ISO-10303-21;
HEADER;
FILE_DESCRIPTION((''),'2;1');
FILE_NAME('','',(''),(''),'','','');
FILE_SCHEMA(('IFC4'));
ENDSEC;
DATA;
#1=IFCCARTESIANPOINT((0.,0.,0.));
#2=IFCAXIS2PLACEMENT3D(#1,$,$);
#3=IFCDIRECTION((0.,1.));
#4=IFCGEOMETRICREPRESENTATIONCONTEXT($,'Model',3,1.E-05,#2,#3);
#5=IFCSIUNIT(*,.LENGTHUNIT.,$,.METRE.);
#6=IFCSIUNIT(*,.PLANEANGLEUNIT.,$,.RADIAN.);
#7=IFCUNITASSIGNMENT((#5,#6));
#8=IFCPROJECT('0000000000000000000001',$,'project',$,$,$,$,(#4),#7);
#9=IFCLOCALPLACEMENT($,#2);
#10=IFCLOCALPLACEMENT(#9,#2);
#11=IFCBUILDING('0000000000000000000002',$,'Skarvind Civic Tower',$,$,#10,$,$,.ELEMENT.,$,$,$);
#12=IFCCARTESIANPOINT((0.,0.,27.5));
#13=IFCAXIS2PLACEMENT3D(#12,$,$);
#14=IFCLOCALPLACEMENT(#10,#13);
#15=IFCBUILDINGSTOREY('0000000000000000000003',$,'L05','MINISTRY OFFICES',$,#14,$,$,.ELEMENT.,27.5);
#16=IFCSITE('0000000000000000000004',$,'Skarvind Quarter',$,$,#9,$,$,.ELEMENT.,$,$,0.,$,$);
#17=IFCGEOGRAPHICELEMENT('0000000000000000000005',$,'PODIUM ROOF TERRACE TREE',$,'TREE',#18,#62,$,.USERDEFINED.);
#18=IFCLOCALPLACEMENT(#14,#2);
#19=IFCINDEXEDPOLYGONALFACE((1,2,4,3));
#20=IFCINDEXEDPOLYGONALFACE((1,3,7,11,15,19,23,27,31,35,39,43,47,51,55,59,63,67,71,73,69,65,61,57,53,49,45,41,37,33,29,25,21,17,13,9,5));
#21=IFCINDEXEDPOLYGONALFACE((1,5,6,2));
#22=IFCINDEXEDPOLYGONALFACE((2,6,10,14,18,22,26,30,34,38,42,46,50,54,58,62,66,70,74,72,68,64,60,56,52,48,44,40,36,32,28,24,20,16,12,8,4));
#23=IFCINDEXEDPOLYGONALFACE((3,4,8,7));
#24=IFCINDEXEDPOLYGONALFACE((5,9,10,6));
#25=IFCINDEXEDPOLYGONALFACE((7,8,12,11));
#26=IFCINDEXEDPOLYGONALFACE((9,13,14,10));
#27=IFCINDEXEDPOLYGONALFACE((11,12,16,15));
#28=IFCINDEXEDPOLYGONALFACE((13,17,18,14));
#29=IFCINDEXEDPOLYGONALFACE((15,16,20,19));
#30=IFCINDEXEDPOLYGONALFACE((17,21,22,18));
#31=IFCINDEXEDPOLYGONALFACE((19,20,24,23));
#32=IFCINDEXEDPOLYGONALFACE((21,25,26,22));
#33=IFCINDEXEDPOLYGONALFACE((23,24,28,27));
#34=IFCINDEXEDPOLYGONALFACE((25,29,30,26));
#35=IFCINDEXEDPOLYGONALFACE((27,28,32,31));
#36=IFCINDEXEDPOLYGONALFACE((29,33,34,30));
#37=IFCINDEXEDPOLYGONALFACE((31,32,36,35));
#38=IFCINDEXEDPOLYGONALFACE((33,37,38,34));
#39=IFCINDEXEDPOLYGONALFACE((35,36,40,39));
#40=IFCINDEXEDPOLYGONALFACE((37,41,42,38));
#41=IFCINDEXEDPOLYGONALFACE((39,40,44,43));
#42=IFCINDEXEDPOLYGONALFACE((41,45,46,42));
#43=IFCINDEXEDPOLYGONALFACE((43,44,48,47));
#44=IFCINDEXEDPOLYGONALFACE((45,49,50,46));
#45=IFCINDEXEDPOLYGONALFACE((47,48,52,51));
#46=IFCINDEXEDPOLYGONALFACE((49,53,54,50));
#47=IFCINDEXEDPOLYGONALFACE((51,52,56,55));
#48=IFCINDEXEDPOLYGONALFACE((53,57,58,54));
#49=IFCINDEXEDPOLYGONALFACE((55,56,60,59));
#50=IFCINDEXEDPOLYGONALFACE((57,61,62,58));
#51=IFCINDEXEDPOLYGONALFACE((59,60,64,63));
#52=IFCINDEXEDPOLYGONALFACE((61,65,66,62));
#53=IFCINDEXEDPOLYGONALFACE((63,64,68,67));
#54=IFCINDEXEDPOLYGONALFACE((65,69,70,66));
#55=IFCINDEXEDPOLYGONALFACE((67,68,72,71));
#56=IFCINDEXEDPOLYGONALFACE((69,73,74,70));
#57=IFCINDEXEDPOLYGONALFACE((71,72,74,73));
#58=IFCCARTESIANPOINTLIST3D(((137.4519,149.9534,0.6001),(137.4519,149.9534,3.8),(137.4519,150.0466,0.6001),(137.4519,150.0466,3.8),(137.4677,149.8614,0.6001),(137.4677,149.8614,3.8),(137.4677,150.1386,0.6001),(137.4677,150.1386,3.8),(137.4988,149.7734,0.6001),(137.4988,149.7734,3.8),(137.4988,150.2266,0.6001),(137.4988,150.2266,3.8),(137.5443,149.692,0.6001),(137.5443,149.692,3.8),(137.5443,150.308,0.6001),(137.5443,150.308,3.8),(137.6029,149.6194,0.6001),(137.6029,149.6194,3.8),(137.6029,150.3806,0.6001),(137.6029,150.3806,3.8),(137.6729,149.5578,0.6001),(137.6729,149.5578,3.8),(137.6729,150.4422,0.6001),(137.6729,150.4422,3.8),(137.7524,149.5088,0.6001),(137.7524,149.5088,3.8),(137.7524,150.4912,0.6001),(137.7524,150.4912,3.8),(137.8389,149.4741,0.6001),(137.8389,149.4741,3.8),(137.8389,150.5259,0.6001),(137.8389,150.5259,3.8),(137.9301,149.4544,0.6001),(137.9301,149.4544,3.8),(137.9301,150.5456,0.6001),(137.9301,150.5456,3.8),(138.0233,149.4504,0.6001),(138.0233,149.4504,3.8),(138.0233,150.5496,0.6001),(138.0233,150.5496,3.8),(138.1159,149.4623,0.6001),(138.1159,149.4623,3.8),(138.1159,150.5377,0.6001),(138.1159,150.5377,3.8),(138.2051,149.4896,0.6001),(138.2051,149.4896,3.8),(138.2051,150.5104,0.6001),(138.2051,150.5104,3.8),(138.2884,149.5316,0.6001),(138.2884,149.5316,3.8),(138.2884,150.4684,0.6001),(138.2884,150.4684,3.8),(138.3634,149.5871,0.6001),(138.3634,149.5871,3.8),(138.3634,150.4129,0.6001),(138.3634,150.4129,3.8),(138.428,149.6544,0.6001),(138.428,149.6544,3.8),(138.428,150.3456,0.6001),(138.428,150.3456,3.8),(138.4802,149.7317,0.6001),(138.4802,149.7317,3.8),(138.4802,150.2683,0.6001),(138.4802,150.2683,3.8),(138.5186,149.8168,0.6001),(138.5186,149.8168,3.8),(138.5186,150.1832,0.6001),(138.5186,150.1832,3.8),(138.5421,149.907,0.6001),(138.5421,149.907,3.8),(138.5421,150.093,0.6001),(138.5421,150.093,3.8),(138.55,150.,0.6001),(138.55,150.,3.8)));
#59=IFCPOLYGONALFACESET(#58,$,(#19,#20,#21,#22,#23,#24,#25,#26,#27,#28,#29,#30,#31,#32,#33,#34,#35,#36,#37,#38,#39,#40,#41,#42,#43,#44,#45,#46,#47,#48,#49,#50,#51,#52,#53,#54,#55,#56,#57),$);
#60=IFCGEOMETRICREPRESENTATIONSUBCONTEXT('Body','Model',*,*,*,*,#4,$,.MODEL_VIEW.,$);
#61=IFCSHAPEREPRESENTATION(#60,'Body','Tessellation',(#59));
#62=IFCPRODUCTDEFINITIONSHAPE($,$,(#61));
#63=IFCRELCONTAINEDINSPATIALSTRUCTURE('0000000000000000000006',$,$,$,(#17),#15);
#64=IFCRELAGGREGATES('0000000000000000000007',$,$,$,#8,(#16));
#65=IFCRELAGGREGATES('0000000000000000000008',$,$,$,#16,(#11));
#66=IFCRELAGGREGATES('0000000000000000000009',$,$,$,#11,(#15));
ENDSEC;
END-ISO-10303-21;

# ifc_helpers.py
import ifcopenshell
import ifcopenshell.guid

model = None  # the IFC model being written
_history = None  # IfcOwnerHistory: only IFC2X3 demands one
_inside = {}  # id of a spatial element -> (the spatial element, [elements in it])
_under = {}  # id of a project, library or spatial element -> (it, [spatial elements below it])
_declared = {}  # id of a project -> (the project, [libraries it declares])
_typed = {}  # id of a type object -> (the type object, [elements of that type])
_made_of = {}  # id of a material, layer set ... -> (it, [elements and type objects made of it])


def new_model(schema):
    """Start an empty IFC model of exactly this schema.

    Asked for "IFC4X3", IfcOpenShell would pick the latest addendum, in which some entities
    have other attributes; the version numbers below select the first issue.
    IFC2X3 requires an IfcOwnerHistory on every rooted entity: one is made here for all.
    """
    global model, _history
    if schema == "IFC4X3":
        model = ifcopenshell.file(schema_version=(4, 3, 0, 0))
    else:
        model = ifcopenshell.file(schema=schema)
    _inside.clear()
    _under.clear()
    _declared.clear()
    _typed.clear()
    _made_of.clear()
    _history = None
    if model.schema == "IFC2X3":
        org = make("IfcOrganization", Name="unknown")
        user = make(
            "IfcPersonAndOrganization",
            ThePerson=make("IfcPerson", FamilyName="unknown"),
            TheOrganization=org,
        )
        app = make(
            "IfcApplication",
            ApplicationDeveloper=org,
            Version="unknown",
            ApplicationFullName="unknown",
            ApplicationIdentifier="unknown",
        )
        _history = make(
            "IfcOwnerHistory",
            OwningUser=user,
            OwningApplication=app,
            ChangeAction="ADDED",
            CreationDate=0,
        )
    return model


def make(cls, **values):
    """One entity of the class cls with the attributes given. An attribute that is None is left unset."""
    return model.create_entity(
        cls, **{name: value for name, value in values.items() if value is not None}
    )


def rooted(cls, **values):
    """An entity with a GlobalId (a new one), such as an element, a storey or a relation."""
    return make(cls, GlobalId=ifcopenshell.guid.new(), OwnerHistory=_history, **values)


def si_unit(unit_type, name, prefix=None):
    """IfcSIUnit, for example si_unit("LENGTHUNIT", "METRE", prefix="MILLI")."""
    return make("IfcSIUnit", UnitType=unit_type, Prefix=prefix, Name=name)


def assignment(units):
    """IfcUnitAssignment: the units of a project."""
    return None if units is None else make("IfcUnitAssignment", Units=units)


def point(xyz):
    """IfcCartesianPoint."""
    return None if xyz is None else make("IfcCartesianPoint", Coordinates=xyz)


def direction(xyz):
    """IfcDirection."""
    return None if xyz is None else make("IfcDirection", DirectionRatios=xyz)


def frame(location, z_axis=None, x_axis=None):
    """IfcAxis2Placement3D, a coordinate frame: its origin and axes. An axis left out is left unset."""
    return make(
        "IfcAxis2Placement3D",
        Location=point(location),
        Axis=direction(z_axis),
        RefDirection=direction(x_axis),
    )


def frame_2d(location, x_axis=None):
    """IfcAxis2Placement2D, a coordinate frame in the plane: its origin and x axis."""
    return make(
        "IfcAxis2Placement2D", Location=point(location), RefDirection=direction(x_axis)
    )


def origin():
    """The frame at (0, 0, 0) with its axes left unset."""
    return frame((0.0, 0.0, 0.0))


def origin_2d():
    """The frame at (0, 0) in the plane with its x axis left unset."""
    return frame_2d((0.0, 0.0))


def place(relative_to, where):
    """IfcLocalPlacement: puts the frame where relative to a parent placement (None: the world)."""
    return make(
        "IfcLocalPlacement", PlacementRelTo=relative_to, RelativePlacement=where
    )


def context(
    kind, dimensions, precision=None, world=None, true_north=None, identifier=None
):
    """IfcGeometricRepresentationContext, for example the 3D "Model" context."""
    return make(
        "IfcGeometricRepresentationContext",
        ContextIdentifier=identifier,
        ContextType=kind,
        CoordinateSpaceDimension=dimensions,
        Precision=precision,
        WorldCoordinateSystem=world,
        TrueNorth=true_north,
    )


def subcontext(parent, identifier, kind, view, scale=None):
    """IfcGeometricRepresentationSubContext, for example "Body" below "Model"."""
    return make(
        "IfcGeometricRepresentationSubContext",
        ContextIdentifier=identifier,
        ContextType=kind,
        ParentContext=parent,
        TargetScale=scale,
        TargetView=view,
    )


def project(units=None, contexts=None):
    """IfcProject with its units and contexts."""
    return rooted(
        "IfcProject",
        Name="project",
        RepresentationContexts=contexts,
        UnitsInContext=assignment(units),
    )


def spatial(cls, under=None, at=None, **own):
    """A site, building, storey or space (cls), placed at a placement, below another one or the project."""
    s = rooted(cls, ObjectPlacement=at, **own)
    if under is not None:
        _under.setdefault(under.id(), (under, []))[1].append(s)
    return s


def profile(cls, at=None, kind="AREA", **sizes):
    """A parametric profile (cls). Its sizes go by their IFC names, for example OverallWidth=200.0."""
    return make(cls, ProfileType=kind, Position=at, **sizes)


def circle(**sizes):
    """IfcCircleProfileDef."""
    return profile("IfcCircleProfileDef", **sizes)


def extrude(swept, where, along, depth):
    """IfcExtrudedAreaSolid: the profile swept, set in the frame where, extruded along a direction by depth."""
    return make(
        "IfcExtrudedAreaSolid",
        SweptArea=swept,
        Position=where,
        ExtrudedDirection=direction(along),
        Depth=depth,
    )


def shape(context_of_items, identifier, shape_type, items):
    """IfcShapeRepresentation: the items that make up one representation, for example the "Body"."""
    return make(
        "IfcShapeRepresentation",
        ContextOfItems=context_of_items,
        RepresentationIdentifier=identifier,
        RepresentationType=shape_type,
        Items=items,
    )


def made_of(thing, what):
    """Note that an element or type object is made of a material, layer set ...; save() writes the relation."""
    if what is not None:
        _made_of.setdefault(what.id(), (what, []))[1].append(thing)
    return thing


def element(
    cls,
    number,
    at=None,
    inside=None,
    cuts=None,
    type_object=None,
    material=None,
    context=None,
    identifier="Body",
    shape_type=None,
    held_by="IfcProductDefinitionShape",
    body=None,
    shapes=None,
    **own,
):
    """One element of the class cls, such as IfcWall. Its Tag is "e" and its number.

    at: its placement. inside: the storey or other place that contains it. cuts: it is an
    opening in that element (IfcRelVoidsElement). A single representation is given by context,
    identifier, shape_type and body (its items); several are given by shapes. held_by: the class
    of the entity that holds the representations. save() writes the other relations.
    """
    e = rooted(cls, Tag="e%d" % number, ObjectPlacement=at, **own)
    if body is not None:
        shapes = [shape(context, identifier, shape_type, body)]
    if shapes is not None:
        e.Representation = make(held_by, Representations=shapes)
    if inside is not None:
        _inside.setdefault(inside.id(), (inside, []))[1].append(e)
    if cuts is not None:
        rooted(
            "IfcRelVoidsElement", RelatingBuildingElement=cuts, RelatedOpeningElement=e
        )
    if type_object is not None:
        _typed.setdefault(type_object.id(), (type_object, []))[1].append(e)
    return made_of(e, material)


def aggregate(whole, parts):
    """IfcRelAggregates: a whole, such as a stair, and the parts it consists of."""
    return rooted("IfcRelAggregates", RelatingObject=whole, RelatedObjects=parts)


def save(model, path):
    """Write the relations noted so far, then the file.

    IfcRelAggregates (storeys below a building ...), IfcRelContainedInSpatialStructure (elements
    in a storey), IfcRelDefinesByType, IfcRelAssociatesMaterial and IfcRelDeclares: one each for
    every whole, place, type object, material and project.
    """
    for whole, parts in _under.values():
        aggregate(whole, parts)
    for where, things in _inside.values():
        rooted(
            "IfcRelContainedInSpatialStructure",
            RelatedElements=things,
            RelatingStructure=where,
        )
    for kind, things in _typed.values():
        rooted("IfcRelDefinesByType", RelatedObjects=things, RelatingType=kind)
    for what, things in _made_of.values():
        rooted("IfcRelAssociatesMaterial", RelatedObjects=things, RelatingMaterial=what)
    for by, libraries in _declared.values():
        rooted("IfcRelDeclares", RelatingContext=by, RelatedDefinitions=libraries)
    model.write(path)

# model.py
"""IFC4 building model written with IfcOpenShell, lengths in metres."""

from ifc_helpers import new_model, si_unit, direction, frame, origin, origin_2d, place, context, subcontext, project, spatial, circle, extrude, element, save


model = new_model("IFC4")

# Units and contexts
model_context = context("Model", 3, precision=1e-05, world=origin(), true_north=direction((0.0, 1.0)))
body_context = subcontext(model_context, "Body", "Model", "MODEL_VIEW")
ifc_project = project(units=[si_unit("LENGTHUNIT", "METRE"), si_unit("PLANEANGLEUNIT", "RADIAN")], contexts=[model_context])

# Site, building, storey
site_placement = place(None, origin())
site = spatial("IfcSite", under=ifc_project, at=site_placement, Name="Skarvind Quarter", CompositionType="ELEMENT", RefElevation=0.0)
building_placement = place(site_placement, origin())
building = spatial("IfcBuilding", under=site, at=building_placement, Name="Skarvind Civic Tower", CompositionType="ELEMENT")
storey_placement = place(building_placement, frame((0.0, 0.0, 27.5)))
storey = spatial("IfcBuildingStorey", under=building, at=storey_placement, Name="L05", Description="MINISTRY OFFICES", CompositionType="ELEMENT", Elevation=27.5)

# Geographic element
for number, where, z_axis, x_axis, name in (
    (1, (138.0, 150.0, 0.6001), (0.0, 0.0, 1.0), (1.0, 0.0, 0.0), "PODIUM ROOF TERRACE TREE"),
):
    element("IfcGeographicElement", number, at=place(storey_placement, frame(where, z_axis=z_axis, x_axis=x_axis)), inside=storey, Name=name, ObjectType="TREE", PredefinedType="USERDEFINED", context=body_context, shape_type="SweptSolid", body=[
        extrude(circle(Radius=0.55, at=origin_2d()), origin(), (0.0, 0.0, 1.0), 3.2),
    ])

save(model, "model.ifc")
